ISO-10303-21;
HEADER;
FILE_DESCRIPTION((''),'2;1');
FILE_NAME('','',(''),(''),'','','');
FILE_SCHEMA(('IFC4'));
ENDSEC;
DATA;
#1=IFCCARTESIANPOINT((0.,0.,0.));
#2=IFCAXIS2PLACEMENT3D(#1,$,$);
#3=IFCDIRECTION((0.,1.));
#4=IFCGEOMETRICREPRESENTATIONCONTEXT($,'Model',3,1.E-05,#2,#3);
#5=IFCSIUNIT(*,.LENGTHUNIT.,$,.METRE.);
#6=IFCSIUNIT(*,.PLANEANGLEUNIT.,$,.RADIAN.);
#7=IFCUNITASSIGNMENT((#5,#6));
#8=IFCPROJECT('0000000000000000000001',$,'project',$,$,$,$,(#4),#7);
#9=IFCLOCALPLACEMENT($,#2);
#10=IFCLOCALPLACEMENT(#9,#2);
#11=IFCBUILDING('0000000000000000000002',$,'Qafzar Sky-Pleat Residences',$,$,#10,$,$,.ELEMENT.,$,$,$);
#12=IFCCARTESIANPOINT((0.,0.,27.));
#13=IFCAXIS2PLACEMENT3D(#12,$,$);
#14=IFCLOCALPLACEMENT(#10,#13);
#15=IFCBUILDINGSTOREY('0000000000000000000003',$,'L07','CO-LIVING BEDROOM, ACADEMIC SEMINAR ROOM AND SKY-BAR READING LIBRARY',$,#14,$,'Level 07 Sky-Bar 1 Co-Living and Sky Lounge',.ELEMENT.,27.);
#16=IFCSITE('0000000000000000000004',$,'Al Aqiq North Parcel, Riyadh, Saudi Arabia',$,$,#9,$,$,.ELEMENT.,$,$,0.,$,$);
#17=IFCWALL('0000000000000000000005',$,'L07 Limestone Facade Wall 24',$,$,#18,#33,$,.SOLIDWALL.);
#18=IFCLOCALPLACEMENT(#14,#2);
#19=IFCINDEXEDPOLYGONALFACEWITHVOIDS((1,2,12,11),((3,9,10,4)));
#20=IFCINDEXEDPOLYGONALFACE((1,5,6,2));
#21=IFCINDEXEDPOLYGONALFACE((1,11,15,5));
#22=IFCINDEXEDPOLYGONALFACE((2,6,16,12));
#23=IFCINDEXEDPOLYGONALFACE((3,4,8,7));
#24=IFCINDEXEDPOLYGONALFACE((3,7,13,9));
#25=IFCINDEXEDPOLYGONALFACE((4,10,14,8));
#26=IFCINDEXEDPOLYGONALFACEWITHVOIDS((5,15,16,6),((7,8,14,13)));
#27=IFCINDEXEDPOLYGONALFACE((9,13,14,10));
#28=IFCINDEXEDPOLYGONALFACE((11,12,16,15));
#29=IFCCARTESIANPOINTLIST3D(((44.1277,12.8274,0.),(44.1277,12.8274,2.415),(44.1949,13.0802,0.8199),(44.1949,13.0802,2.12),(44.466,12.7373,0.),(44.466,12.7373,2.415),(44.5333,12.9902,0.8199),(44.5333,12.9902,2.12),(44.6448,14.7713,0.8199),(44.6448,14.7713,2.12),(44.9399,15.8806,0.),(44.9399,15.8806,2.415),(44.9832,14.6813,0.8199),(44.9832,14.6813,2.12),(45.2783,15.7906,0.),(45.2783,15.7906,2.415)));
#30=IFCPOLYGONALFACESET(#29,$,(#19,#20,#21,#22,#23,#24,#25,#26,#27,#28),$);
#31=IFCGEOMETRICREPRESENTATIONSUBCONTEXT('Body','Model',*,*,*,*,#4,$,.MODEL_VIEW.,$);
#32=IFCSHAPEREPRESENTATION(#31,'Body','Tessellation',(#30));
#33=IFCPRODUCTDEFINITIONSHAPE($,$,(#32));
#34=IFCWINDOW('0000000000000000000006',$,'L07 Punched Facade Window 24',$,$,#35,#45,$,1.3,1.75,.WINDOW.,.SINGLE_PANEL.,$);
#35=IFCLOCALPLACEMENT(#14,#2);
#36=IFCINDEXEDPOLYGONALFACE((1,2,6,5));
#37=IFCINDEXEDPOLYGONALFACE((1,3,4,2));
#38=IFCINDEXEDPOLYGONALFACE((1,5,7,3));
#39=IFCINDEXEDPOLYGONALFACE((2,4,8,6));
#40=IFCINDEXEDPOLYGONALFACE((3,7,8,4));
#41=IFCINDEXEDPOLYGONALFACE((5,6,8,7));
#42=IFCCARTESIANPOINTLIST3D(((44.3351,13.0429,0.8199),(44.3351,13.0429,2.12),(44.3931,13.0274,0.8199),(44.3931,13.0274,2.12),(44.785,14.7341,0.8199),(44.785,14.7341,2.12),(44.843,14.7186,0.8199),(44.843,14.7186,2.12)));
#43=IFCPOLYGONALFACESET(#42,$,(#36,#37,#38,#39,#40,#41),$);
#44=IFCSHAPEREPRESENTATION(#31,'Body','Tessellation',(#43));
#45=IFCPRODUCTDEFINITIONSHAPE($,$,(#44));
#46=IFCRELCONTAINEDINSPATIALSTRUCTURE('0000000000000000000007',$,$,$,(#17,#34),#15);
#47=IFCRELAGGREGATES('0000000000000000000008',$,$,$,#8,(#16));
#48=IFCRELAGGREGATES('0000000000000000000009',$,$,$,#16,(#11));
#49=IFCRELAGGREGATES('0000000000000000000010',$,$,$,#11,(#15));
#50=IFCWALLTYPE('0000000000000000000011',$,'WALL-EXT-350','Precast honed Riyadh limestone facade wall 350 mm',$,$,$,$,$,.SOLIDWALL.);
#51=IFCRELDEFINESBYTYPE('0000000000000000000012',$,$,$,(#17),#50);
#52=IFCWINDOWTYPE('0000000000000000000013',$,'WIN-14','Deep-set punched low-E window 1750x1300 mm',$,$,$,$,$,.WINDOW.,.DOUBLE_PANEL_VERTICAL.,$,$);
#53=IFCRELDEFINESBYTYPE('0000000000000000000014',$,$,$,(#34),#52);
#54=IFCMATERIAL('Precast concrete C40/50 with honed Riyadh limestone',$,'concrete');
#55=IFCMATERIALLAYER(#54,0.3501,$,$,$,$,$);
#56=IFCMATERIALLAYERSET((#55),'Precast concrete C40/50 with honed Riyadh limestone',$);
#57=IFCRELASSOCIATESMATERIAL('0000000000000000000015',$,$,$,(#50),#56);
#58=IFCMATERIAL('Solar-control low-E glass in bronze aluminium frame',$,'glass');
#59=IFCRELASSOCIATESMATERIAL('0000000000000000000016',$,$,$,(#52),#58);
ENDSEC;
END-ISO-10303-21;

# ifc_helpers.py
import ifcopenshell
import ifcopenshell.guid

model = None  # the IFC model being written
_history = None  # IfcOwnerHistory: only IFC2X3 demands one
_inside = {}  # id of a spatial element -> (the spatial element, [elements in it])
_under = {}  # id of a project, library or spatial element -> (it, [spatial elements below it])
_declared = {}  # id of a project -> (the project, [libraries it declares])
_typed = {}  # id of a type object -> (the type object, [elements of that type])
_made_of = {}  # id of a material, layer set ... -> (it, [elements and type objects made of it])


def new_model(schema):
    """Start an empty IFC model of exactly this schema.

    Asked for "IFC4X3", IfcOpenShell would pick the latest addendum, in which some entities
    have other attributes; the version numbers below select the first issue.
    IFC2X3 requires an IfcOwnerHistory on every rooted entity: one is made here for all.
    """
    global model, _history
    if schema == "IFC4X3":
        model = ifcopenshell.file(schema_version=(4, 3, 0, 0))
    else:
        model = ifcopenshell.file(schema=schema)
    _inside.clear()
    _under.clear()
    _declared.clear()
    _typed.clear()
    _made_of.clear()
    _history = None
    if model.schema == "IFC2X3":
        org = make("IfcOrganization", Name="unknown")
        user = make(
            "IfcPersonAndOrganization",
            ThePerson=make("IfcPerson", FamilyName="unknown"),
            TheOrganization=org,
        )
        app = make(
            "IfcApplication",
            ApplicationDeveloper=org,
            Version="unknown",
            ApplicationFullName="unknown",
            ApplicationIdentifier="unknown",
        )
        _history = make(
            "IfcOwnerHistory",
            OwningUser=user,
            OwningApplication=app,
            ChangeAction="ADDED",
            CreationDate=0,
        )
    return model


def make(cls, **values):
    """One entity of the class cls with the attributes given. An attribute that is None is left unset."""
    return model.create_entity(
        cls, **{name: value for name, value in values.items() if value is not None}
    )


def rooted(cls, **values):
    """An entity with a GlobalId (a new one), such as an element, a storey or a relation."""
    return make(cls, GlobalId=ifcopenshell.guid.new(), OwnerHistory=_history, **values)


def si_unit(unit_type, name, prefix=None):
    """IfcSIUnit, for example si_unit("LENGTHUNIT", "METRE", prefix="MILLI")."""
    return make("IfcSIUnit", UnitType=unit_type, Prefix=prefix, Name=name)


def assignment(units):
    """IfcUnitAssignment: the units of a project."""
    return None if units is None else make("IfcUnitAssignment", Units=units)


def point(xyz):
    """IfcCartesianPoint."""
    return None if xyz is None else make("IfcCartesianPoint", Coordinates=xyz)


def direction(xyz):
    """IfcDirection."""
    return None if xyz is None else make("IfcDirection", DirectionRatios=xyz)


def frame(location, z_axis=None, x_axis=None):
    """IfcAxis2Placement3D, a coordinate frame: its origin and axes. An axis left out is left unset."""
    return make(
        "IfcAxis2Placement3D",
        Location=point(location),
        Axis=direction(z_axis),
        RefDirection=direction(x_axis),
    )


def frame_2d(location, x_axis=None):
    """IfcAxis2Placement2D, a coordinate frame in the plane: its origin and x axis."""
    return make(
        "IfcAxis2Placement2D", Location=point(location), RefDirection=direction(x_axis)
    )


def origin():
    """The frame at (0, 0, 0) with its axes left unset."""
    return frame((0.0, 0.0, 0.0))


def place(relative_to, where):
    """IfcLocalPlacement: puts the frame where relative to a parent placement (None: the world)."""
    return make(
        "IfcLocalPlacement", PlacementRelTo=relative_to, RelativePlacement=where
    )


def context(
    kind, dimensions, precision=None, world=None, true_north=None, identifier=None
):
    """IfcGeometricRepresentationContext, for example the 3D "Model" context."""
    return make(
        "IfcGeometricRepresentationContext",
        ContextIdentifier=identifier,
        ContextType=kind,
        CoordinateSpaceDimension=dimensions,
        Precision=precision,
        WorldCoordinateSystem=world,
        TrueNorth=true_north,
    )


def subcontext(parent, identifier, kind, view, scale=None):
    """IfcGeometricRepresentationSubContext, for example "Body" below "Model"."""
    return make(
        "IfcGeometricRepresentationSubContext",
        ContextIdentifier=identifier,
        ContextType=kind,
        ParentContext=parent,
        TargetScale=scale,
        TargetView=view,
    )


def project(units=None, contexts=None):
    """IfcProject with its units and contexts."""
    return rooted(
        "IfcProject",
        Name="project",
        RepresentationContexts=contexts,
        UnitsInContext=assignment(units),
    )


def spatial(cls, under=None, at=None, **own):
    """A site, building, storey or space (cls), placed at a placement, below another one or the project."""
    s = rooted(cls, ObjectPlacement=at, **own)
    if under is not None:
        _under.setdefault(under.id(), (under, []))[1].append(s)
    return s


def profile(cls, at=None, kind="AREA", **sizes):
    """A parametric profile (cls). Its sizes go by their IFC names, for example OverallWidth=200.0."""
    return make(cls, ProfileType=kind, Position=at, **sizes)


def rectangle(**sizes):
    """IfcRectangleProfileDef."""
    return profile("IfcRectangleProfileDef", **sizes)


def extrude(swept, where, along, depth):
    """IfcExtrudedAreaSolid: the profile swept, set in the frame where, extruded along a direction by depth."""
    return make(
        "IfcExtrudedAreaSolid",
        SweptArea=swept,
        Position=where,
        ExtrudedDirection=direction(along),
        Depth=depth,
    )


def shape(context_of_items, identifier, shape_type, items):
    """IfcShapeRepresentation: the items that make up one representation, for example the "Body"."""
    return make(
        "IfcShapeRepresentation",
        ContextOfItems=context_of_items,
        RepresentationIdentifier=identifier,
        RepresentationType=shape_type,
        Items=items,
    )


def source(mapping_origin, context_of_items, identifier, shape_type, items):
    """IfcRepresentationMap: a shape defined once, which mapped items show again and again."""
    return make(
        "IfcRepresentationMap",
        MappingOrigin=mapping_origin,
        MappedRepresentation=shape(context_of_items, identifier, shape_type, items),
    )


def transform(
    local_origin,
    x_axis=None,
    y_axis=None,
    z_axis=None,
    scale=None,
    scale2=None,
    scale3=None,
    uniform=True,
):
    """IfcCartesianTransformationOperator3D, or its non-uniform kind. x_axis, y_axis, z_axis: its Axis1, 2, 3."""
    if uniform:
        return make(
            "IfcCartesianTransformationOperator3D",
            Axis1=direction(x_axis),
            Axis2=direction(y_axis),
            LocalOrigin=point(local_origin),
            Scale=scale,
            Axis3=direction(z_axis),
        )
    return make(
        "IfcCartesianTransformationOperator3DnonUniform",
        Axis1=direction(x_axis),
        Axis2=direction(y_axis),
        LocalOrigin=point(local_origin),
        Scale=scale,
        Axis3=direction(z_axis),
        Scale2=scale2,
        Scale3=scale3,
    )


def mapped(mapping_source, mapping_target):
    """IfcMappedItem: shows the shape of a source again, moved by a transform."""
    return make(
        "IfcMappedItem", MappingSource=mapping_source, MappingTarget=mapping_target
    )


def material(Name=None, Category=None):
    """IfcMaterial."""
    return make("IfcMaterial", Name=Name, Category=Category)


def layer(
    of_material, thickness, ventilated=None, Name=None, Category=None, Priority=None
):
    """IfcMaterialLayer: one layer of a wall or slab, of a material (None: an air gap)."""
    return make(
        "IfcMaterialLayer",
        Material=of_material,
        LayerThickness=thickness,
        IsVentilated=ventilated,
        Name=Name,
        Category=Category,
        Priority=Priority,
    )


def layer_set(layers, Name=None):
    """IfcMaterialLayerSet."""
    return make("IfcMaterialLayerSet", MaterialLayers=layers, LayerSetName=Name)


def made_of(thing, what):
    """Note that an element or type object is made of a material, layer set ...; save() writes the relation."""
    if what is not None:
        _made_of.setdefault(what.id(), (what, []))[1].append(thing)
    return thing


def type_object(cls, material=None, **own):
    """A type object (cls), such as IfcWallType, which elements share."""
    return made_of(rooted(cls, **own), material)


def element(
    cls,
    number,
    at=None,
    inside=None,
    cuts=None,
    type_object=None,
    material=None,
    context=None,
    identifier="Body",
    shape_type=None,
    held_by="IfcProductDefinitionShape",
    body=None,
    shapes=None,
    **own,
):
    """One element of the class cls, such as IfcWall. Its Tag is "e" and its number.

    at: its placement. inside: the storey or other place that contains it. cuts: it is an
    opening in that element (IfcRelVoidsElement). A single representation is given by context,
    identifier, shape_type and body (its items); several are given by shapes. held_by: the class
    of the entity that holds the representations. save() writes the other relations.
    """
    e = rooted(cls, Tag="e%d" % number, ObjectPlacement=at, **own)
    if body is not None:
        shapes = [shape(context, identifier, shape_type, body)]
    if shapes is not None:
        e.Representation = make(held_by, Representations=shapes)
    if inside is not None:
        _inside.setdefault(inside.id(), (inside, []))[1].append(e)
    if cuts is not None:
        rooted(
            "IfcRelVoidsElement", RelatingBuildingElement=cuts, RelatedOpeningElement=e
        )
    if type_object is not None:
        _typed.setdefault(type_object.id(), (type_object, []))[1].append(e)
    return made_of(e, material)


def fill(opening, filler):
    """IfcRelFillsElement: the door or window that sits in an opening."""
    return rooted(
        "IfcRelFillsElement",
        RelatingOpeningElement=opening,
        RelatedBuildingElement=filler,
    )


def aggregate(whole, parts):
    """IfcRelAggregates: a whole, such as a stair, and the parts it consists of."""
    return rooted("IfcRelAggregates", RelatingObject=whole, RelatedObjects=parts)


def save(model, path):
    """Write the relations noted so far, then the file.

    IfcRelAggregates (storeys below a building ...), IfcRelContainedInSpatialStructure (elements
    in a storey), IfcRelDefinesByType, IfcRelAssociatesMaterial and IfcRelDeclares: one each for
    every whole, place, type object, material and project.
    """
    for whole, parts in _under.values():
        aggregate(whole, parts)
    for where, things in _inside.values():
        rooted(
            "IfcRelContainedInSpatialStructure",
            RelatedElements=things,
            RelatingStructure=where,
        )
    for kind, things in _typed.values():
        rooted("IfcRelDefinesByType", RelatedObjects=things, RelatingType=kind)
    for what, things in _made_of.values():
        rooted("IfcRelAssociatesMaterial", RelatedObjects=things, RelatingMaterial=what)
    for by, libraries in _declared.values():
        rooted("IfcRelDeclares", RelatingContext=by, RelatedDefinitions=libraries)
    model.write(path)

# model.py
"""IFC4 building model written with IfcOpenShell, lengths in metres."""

from ifc_helpers import new_model, si_unit, direction, frame, frame_2d, origin, place, context, subcontext, project, spatial, rectangle, extrude, source, transform, mapped, material, layer, layer_set, type_object, element, fill, save


model = new_model("IFC4")

# Units and contexts
model_context = context("Model", 3, precision=1e-05, world=origin(), true_north=direction((0.0, 1.0)))
body_context = subcontext(model_context, "Body", "Model", "MODEL_VIEW")
ifc_project = project(units=[si_unit("LENGTHUNIT", "METRE"), si_unit("PLANEANGLEUNIT", "RADIAN")], contexts=[model_context])

# Site, building, storey
site_placement = place(None, origin())
site = spatial("IfcSite", under=ifc_project, at=site_placement, Name="Al Aqiq North Parcel, Riyadh, Saudi Arabia", CompositionType="ELEMENT", RefElevation=0.0)
building_placement = place(site_placement, origin())
building = spatial("IfcBuilding", under=site, at=building_placement, Name="Qafzar Sky-Pleat Residences", CompositionType="ELEMENT")
storey_placement = place(building_placement, frame((0.0, 0.0, 27.0)))
storey = spatial("IfcBuildingStorey", under=building, at=storey_placement, Name="L07", Description="CO-LIVING BEDROOM, ACADEMIC SEMINAR ROOM AND SKY-BAR READING LIBRARY", LongName="Level 07 Sky-Bar 1 Co-Living and Sky Lounge", CompositionType="ELEMENT", Elevation=27.0)

# Shared definitions
ifc_material_1 = material(Name="Precast concrete C40/50 with honed Riyadh limestone", Category="concrete")
ifc_layer_1 = layer(ifc_material_1, 0.3501)
ifc_layer_set_1 = layer_set([ifc_layer_1], Name="Precast concrete C40/50 with honed Riyadh limestone")
wall_type_1 = type_object("IfcWallType", Name="WALL-EXT-350", Description="Precast honed Riyadh limestone facade wall 350 mm", PredefinedType="SOLIDWALL", material=ifc_layer_set_1)
ifc_material_2 = material(Name="Solar-control low-E glass in bronze aluminium frame", Category="glass")

# Wall, opening, window
wall_1_placement = place(storey_placement, frame((44.2969, 12.7825, 0.0), z_axis=(0.0, 0.0, 1.0), x_axis=(0.25709, 0.966387, 0.0)))
wall_1 = element("IfcWall", 1, at=wall_1_placement, inside=storey, type_object=wall_type_1, Name="L07 Limestone Facade Wall 24", PredefinedType="SOLIDWALL", context=body_context, shape_type="SweptSolid", body=[
    extrude(rectangle(XDim=3.1594, YDim=0.3501, at=frame_2d((1.5796, 0.0))), origin(), (0.0, 0.0, 1.0), 2.415),
])
opening_1_placement = place(wall_1_placement, frame((0.2615, 0.0, 0.8201)))
opening_1 = element("IfcOpeningElement", 2, at=opening_1_placement, cuts=wall_1, PredefinedType="OPENING", context=body_context, shape_type="SweptSolid", body=[
    extrude(rectangle(XDim=1.75, YDim=1.3, at=frame_2d((0.875, 0.6499))), frame((0.0, 0.1851, 0.0), z_axis=(0.0, -1.0, 0.0), x_axis=(1.0, 0.0, 0.0)), (0.0, 0.0, 1.0), 0.3701),
])
window_type_1 = type_object("IfcWindowType", Name="WIN-14", Description="Deep-set punched low-E window 1750x1300 mm", PartitioningType="DOUBLE_PANEL_VERTICAL", PredefinedType="WINDOW", material=ifc_material_2)
shared_shape_1 = source(origin(), body_context, "Body", "SweptSolid", [
    extrude(rectangle(XDim=1.75, YDim=1.3, at=frame_2d((0.875, 0.6499))), frame((0.0, 0.03, 0.0), z_axis=(0.0, -1.0, 0.0), x_axis=(1.0, 0.0, 0.0)), (0.0, 0.0, 1.0), 0.0601),
])
window_1_placement = place(opening_1_placement, origin())
window_1 = element("IfcWindow", 3, at=window_1_placement, inside=storey, type_object=window_type_1, Name="L07 Punched Facade Window 24", OverallHeight=1.3, OverallWidth=1.75, PartitioningType="SINGLE_PANEL", PredefinedType="WINDOW", context=body_context, shape_type="MappedRepresentation", body=[
    mapped(shared_shape_1, transform((0.0, 0.0, 0.0), x_axis=(1.0, 0.0, 0.0), y_axis=(0.0, 1.0, 0.0), z_axis=(0.0, 0.0, 1.0), scale=1.0)),
])
fill(opening_1, window_1)

save(model, "model.ifc")
